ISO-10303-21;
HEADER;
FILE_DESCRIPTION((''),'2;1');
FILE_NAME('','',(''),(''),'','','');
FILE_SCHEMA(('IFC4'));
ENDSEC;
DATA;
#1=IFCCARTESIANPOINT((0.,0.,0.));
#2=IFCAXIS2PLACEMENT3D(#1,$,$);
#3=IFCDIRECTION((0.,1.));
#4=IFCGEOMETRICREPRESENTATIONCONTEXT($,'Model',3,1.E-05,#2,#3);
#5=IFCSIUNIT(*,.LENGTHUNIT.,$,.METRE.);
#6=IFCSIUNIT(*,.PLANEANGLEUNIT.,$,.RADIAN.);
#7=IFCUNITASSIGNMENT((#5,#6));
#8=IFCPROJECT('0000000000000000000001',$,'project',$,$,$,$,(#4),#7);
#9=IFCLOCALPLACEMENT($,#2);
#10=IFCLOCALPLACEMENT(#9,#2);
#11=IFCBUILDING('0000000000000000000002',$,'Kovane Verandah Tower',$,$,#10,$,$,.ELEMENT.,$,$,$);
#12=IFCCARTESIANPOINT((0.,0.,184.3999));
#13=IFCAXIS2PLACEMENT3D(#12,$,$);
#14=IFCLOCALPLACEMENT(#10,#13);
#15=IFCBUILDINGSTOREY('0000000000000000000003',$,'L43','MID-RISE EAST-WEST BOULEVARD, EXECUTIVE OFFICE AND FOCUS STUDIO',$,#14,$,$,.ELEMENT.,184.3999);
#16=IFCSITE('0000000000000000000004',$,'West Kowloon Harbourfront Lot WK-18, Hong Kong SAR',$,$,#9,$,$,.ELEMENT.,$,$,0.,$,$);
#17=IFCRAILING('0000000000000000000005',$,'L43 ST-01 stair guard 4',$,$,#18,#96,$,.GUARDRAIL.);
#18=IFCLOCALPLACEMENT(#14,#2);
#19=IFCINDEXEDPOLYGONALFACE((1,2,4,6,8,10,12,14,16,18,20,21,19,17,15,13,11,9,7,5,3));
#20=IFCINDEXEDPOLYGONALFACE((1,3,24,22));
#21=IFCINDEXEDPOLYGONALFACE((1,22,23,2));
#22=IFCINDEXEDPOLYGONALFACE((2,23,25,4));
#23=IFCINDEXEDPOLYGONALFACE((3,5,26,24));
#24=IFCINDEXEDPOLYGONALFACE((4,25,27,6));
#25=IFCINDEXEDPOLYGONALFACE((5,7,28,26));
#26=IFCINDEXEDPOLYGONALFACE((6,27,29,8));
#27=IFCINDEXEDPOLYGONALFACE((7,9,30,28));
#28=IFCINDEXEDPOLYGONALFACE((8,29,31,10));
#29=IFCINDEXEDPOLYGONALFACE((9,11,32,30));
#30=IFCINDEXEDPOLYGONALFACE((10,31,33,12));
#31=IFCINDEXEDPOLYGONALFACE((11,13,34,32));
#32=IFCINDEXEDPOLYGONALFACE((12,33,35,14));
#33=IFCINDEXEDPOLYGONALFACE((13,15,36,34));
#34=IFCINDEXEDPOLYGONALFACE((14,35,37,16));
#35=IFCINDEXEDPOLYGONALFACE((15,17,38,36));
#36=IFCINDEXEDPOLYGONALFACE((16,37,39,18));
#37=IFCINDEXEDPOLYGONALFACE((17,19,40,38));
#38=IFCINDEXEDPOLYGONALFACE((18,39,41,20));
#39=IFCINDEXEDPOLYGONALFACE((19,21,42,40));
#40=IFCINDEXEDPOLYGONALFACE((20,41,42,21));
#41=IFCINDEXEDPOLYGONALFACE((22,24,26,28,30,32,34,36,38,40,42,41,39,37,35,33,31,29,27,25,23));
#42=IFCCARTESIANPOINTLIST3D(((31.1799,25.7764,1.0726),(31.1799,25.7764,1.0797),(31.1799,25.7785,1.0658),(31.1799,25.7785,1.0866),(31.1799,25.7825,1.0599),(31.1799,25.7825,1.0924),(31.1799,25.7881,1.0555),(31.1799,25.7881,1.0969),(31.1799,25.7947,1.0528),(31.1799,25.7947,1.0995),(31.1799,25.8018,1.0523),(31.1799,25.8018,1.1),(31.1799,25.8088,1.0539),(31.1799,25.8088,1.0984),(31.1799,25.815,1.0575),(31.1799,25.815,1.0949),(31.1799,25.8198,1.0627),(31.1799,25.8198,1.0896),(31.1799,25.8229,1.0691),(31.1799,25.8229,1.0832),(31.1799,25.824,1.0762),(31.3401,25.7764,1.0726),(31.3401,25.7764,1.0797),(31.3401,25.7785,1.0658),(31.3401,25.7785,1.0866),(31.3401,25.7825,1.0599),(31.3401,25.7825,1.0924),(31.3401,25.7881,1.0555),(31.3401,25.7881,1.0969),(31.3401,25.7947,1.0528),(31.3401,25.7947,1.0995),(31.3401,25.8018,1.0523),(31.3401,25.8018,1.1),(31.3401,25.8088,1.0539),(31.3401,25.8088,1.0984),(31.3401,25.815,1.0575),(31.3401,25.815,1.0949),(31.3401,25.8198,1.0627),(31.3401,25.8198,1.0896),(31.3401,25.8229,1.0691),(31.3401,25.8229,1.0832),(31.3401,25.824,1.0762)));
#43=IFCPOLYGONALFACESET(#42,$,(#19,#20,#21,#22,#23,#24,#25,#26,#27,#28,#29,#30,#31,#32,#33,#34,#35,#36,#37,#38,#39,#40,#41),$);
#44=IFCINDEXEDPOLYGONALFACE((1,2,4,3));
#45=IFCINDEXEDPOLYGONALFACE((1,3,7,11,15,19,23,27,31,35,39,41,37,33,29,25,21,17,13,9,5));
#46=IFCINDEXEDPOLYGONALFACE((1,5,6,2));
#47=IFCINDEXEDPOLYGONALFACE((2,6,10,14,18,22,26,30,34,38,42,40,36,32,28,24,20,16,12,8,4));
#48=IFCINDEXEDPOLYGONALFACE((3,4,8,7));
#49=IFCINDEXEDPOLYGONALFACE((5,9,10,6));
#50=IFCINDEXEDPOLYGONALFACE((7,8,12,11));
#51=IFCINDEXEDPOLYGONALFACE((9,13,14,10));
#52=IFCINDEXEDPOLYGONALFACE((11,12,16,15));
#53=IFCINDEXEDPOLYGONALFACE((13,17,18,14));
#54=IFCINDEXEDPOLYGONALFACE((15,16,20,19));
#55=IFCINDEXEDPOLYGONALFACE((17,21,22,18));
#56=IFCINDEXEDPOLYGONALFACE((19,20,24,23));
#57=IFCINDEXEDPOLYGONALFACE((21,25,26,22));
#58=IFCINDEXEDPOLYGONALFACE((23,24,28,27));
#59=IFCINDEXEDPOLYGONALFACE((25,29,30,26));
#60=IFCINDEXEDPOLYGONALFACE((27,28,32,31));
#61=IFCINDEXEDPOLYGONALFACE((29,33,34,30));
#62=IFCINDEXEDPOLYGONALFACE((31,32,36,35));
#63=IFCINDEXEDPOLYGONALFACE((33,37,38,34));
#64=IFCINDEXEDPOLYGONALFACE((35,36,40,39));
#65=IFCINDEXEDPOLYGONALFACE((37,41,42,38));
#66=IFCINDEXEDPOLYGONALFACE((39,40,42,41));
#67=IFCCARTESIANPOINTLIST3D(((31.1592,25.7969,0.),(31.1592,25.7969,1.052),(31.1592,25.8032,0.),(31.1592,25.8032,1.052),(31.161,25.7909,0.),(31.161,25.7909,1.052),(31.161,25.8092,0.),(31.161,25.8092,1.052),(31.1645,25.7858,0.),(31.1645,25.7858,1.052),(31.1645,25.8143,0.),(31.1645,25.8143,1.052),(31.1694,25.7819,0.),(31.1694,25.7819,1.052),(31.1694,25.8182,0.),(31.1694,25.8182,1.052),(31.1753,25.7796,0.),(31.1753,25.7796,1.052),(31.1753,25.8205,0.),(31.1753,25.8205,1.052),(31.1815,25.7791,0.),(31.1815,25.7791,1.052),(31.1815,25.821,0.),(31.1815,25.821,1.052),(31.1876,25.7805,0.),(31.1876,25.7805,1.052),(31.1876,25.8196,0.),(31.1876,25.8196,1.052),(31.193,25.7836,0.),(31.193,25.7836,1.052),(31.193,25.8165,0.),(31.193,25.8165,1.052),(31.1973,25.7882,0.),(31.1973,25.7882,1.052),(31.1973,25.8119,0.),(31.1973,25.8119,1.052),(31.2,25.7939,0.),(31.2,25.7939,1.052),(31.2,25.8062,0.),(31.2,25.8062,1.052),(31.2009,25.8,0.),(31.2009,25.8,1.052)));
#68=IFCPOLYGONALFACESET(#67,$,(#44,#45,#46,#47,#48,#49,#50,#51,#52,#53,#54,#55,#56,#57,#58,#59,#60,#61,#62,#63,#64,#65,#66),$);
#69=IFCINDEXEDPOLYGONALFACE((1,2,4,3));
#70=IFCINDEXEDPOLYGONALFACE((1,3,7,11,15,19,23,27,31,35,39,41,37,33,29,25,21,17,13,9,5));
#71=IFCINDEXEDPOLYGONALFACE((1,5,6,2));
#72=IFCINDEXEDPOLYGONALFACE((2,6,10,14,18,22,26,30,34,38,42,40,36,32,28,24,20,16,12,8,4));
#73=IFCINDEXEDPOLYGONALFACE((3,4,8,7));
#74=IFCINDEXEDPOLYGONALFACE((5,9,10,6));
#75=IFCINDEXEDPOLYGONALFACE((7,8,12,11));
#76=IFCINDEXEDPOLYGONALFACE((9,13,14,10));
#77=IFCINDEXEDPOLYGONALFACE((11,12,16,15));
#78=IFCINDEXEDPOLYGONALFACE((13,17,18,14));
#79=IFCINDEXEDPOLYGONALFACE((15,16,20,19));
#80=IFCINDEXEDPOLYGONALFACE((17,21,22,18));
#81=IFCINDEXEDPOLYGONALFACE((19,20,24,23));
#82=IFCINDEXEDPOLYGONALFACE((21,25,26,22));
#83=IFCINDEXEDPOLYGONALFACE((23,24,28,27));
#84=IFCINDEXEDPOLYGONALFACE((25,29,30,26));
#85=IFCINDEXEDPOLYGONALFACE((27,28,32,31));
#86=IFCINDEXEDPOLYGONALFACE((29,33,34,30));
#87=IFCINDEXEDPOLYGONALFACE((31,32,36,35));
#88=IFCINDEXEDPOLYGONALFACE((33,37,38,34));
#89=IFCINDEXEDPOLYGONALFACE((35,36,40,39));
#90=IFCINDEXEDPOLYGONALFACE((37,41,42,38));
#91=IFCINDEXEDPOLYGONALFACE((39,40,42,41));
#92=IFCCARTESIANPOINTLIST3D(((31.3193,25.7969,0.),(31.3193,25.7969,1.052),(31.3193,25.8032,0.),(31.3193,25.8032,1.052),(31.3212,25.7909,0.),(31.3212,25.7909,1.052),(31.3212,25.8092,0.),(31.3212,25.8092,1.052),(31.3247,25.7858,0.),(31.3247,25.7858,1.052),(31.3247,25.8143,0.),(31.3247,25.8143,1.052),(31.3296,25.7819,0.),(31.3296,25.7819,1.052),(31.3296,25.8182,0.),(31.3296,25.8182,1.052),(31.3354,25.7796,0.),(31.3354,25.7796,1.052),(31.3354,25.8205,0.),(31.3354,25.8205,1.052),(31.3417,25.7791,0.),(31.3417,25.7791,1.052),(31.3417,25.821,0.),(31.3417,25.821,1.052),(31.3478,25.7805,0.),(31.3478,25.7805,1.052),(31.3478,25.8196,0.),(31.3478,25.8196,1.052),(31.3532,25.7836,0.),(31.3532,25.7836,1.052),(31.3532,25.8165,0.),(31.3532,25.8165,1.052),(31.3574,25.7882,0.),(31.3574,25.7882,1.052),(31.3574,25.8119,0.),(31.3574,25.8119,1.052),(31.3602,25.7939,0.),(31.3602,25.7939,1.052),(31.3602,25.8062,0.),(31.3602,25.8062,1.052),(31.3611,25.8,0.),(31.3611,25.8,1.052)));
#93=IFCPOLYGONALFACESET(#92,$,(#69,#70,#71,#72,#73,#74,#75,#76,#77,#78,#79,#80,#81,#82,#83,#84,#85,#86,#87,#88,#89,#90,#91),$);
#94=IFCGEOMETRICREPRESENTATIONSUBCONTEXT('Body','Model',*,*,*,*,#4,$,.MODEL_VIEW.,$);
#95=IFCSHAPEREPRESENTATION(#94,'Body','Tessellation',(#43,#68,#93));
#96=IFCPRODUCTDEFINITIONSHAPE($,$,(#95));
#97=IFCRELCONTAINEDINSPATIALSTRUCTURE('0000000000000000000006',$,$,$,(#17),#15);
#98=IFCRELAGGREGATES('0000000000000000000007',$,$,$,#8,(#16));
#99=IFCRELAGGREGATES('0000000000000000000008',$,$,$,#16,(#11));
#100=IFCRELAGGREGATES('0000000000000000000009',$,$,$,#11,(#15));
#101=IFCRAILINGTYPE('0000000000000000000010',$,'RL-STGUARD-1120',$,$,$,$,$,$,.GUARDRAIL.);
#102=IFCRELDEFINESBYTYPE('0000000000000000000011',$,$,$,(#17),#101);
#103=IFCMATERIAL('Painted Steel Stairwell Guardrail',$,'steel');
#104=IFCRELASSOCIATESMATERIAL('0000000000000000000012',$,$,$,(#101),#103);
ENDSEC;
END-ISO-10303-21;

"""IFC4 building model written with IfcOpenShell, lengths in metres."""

from ifc_helpers import new_model, si_unit, direction, frame, origin, origin_2d, place, context, subcontext, project, spatial, circle, extrude, material, type_object, element, save


model = new_model("IFC4")

# Units and contexts
model_context = context("Model", 3, precision=1e-05, world=origin(), true_north=direction((0.0, 1.0)))
body_context = subcontext(model_context, "Body", "Model", "MODEL_VIEW")
ifc_project = project(units=[si_unit("LENGTHUNIT", "METRE"), si_unit("PLANEANGLEUNIT", "RADIAN")], contexts=[model_context])

# Site, building, storey
site_placement = place(None, origin())
site = spatial("IfcSite", under=ifc_project, at=site_placement, Name="West Kowloon Harbourfront Lot WK-18, Hong Kong SAR", CompositionType="ELEMENT", RefElevation=0.0)
building_placement = place(site_placement, origin())
building = spatial("IfcBuilding", under=site, at=building_placement, Name="Kovane Verandah Tower", CompositionType="ELEMENT")
storey_placement = place(building_placement, frame((0.0, 0.0, 184.3999)))
storey = spatial("IfcBuildingStorey", under=building, at=storey_placement, Name="L43", Description="MID-RISE EAST-WEST BOULEVARD, EXECUTIVE OFFICE AND FOCUS STUDIO", CompositionType="ELEMENT", Elevation=184.3999)

# Railing
ifc_material_1 = material(Name="Painted Steel Stairwell Guardrail", Category="steel")
railing_type_1 = type_object("IfcRailingType", Name="RL-STGUARD-1120", PredefinedType="GUARDRAIL", material=ifc_material_1)
railing_1_placement = place(storey_placement, frame((31.1799, 25.8, 0.0)))
element("IfcRailing", 1, at=railing_1_placement, inside=storey, type_object=railing_type_1, Name="L43 ST-01 stair guard 4", PredefinedType="GUARDRAIL", context=body_context, shape_type="SweptSolid", body=[
    extrude(circle(Radius=0.0239, at=origin_2d()), frame((0.0, 0.0, 1.0762), z_axis=(1.0, 0.0, 0.0), x_axis=(0.0, 1.0, 0.0)), (0.0, 0.0, 1.0), 0.1602),
    extrude(circle(Radius=0.021, at=origin_2d()), origin(), (0.0, 0.0, 1.0), 1.052),
    extrude(circle(Radius=0.021, at=origin_2d()), frame((0.1602, 0.0, 0.0)), (0.0, 0.0, 1.0), 1.052),
])

save(model, "model.ifc")
